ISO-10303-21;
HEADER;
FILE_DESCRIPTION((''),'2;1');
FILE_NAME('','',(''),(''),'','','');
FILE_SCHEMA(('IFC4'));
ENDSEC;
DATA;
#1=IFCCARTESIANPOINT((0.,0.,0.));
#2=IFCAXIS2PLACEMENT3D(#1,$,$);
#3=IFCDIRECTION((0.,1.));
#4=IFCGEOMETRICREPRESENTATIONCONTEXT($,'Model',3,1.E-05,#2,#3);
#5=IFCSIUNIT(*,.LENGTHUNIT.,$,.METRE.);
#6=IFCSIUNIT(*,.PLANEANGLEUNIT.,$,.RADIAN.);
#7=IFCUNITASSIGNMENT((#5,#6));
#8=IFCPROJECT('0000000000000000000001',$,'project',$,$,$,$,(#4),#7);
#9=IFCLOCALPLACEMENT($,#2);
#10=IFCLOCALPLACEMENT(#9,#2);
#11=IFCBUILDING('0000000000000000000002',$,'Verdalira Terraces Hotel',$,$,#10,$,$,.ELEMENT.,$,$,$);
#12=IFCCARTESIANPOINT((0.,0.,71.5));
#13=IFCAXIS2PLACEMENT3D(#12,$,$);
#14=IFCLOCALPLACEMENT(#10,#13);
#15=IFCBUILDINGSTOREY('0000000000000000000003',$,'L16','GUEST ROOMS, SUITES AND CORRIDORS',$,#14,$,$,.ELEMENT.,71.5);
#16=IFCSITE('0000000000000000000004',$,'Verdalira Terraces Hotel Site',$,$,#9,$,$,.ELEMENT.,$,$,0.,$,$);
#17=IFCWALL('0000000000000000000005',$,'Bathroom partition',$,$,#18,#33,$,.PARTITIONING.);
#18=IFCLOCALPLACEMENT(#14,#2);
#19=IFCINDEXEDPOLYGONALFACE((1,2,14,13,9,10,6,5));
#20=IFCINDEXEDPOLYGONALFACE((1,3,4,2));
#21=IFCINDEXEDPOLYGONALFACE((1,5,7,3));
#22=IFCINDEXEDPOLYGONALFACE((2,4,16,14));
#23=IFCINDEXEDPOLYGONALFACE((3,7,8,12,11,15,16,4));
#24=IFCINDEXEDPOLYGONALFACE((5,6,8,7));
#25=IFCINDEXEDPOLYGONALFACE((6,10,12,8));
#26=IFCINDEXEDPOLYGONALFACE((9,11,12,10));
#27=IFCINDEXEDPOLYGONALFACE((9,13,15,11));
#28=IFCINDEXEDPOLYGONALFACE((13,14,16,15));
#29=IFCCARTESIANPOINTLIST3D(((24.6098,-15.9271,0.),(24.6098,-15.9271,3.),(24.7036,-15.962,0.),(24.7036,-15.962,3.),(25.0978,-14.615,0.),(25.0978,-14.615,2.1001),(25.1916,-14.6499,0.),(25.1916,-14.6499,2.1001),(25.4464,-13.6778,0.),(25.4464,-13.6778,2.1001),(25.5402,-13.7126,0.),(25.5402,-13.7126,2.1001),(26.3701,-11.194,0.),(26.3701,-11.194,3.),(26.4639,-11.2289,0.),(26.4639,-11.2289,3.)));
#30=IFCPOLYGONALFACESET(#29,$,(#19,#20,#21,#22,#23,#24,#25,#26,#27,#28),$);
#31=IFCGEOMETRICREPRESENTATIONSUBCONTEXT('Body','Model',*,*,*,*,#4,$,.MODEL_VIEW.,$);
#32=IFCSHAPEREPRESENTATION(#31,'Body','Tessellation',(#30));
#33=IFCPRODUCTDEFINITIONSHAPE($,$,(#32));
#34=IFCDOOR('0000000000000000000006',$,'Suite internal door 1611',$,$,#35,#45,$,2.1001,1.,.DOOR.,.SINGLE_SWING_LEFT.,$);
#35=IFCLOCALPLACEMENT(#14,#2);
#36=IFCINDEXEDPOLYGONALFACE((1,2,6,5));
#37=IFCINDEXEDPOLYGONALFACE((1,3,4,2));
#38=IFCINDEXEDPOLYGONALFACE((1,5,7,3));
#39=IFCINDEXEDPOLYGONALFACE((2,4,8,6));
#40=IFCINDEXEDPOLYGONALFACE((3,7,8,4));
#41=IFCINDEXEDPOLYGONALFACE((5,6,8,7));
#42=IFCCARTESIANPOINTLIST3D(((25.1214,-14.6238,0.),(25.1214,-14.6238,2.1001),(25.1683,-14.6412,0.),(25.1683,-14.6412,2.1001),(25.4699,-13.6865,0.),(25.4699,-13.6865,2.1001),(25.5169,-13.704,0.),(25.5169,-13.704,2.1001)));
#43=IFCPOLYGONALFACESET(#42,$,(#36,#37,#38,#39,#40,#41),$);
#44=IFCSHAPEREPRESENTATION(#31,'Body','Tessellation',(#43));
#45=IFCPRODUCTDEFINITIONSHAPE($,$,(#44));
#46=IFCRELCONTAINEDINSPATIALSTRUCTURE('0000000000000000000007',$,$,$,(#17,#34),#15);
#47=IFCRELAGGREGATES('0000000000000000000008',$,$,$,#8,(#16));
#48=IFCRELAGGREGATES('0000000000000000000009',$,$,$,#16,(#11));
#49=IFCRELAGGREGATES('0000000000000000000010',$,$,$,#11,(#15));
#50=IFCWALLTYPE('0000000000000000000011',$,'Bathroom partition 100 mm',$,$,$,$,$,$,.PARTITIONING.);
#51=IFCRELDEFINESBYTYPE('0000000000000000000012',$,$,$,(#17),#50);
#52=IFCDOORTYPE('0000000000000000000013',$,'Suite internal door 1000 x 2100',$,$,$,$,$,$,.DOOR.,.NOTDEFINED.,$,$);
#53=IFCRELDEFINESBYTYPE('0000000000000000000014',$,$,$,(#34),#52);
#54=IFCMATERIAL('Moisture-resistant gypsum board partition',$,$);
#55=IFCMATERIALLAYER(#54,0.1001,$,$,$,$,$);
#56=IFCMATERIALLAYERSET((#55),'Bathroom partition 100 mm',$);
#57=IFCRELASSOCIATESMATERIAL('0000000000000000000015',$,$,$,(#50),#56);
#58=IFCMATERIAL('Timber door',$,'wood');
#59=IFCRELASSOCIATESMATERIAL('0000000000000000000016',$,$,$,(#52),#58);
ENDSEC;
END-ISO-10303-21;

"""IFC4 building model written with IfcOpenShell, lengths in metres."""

from ifc_helpers import new_model, si_unit, direction, frame, frame_2d, origin, place, context, subcontext, project, spatial, rectangle, extrude, material, layer, layer_set, type_object, element, fill, save


model = new_model("IFC4")

# Units and contexts
model_context = context("Model", 3, precision=1e-05, world=origin(), true_north=direction((0.0, 1.0)))
body_context = subcontext(model_context, "Body", "Model", "MODEL_VIEW")
ifc_project = project(units=[si_unit("LENGTHUNIT", "METRE"), si_unit("PLANEANGLEUNIT", "RADIAN")], contexts=[model_context])

# Site, building, storey
site_placement = place(None, origin())
site = spatial("IfcSite", under=ifc_project, at=site_placement, Name="Verdalira Terraces Hotel Site", CompositionType="ELEMENT", RefElevation=0.0)
building_placement = place(site_placement, origin())
building = spatial("IfcBuilding", under=site, at=building_placement, Name="Verdalira Terraces Hotel", CompositionType="ELEMENT")
storey_placement = place(building_placement, frame((0.0, 0.0, 71.5)))
storey = spatial("IfcBuildingStorey", under=building, at=storey_placement, Name="L16", Description="GUEST ROOMS, SUITES AND CORRIDORS", CompositionType="ELEMENT", Elevation=71.5)

# Wall, opening, door
ifc_material_1 = material(Name="Moisture-resistant gypsum board partition")
ifc_layer_1 = layer(ifc_material_1, 0.1001)
ifc_layer_set_1 = layer_set([ifc_layer_1], Name="Bathroom partition 100 mm")
wall_type_1 = type_object("IfcWallType", Name="Bathroom partition 100 mm", PredefinedType="PARTITIONING", material=ifc_layer_set_1)
wall_1_placement = place(storey_placement, frame((24.6567, -15.9446, 0.0), z_axis=(0.0, 0.0, 1.0), x_axis=(0.348574, 0.937281, 0.0)))
wall_1 = element("IfcWall", 1, at=wall_1_placement, inside=storey, type_object=wall_type_1, Name="Bathroom partition", PredefinedType="PARTITIONING", context=body_context, shape_type="SweptSolid", body=[
    extrude(rectangle(XDim=5.0498, YDim=0.1001, at=frame_2d((2.5249, 0.0))), origin(), (0.0, 0.0, 1.0), 3.0),
])
opening_1_placement = place(wall_1_placement, frame((1.3999, 0.0, 0.0)))
opening_1 = element("IfcOpeningElement", 2, at=opening_1_placement, cuts=wall_1, PredefinedType="OPENING", context=body_context, shape_type="SweptSolid", body=[
    extrude(rectangle(XDim=1.0, YDim=2.1001, at=frame_2d((0.5, 1.05))), frame((0.0, 0.0601, 0.0), z_axis=(0.0, -1.0, 0.0), x_axis=(1.0, 0.0, 0.0)), (0.0, 0.0, 1.0), 0.1201),
])
ifc_material_2 = material(Name="Timber door", Category="wood")
door_type_1 = type_object("IfcDoorType", Name="Suite internal door 1000 x 2100", OperationType="NOTDEFINED", PredefinedType="DOOR", material=ifc_material_2)
door_1_placement = place(opening_1_placement, origin())
door_1 = element("IfcDoor", 3, at=door_1_placement, inside=storey, type_object=door_type_1, Name="Suite internal door 1611", OperationType="SINGLE_SWING_LEFT", OverallHeight=2.1001, OverallWidth=1.0, PredefinedType="DOOR", context=body_context, shape_type="SweptSolid", body=[
    extrude(rectangle(XDim=1.0, YDim=2.1001, at=frame_2d((0.5, 1.05))), frame((0.0, 0.0249, 0.0), z_axis=(0.0, -1.0, 0.0), x_axis=(1.0, 0.0, 0.0)), (0.0, 0.0, 1.0), 0.05),
])
fill(opening_1, door_1)

save(model, "model.ifc")
